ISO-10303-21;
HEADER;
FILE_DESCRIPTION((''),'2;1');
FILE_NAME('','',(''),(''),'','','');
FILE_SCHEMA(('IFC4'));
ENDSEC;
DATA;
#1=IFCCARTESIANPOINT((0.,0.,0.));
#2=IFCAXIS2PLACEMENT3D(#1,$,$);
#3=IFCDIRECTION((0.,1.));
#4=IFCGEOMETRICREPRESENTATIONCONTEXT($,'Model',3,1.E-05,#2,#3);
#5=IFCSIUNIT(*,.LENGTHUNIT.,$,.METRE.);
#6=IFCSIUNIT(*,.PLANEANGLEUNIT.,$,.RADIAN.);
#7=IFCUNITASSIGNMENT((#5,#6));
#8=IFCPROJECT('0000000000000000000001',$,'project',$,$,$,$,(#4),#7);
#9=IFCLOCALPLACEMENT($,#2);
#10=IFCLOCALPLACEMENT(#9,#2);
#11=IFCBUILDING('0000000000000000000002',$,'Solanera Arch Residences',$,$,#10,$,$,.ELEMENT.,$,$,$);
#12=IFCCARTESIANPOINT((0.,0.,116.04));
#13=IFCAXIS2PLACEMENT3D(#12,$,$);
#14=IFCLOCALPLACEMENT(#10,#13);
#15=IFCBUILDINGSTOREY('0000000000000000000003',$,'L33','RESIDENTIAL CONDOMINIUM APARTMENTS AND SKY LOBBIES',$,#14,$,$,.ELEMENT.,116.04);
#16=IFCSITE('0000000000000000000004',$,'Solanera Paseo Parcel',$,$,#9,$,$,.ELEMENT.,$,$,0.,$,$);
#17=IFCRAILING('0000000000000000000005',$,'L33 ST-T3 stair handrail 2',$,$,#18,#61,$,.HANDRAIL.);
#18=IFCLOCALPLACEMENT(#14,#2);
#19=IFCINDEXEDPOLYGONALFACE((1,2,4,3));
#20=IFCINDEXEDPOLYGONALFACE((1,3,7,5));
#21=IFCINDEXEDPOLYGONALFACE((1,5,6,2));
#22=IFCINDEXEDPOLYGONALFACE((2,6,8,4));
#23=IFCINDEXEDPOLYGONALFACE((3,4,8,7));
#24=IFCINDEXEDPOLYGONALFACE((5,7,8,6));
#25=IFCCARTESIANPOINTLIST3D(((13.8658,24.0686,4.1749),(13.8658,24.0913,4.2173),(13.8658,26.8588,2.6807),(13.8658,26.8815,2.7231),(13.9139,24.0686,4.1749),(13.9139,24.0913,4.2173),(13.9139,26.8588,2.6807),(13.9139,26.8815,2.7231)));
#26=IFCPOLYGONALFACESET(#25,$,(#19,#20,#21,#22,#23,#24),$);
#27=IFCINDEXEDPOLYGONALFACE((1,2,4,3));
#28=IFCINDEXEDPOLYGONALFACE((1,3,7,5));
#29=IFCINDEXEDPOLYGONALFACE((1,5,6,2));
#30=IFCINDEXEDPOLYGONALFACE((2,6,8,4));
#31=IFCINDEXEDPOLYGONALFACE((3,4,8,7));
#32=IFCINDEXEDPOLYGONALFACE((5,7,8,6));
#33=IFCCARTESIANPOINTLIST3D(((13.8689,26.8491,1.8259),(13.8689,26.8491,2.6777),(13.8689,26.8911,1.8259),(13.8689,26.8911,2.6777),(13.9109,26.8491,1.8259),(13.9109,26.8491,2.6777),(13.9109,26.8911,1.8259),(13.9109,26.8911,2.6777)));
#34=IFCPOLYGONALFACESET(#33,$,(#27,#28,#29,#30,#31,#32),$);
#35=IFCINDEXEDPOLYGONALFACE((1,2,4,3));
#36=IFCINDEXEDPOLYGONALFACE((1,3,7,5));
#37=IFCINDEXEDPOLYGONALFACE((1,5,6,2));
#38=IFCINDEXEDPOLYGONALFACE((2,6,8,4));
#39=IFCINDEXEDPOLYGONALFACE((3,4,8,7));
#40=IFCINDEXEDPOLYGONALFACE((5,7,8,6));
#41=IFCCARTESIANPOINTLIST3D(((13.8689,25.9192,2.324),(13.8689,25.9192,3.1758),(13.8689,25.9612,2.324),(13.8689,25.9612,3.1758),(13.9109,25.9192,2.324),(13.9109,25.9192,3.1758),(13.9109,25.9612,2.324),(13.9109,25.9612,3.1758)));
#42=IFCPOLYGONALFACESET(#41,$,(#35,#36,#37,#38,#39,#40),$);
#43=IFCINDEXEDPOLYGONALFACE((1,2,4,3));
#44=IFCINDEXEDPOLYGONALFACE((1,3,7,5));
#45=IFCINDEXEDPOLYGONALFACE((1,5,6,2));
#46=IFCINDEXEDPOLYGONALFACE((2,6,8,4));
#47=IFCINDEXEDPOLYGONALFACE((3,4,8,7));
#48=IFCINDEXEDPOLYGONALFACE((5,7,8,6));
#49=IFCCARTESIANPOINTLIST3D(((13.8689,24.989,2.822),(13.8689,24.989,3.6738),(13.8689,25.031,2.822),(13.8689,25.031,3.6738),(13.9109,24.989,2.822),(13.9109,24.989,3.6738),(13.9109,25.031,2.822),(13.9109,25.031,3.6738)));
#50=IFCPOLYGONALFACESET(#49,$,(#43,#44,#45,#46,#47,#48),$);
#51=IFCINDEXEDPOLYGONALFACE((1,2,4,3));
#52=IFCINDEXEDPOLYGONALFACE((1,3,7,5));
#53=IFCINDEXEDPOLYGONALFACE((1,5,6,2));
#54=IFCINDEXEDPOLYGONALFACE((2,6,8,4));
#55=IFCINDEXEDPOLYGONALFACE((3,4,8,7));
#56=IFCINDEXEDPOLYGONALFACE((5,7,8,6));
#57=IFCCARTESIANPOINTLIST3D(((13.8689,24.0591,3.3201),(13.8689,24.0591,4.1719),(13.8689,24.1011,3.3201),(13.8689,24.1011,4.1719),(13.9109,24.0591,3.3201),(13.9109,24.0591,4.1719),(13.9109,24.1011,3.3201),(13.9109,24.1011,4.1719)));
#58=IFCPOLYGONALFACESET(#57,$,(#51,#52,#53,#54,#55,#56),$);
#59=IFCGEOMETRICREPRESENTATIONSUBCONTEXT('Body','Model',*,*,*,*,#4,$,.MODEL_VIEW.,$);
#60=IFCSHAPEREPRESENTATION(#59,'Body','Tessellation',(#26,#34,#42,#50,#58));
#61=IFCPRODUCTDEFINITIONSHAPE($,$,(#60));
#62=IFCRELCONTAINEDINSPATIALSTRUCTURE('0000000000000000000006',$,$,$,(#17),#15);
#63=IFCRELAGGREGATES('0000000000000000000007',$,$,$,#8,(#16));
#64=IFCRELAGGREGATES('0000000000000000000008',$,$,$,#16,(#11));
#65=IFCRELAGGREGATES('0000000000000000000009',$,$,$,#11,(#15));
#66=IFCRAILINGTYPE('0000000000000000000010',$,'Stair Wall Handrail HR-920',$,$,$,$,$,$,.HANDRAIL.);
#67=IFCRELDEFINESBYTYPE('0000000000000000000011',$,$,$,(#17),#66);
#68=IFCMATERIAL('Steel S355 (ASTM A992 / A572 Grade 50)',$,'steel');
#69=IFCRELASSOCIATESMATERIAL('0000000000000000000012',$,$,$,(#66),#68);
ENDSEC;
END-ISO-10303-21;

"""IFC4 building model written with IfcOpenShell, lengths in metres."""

from ifc_helpers import new_model, si_unit, direction, frame, origin, origin_2d, place, context, subcontext, project, spatial, rectangle, extrude, material, type_object, element, save


model = new_model("IFC4")

# Units and contexts
model_context = context("Model", 3, precision=1e-05, world=origin(), true_north=direction((0.0, 1.0)))
body_context = subcontext(model_context, "Body", "Model", "MODEL_VIEW")
ifc_project = project(units=[si_unit("LENGTHUNIT", "METRE"), si_unit("PLANEANGLEUNIT", "RADIAN")], contexts=[model_context])

# Site, building, storey
site_placement = place(None, origin())
site = spatial("IfcSite", under=ifc_project, at=site_placement, Name="Solanera Paseo Parcel", CompositionType="ELEMENT", RefElevation=0.0)
building_placement = place(site_placement, origin())
building = spatial("IfcBuilding", under=site, at=building_placement, Name="Solanera Arch Residences", CompositionType="ELEMENT")
storey_placement = place(building_placement, frame((0.0, 0.0, 116.04)))
storey = spatial("IfcBuildingStorey", under=building, at=storey_placement, Name="L33", Description="RESIDENTIAL CONDOMINIUM APARTMENTS AND SKY LOBBIES", CompositionType="ELEMENT", Elevation=116.04)

# Railing
ifc_material_1 = material(Name="Steel S355 (ASTM A992 / A572 Grade 50)", Category="steel")
railing_type_1 = type_object("IfcRailingType", Name="Stair Wall Handrail HR-920", PredefinedType="HANDRAIL", material=ifc_material_1)
railing_1_placement = place(storey_placement, frame((13.8899, 26.8701, 1.8259)))
element("IfcRailing", 1, at=railing_1_placement, inside=storey, type_object=railing_type_1, Name="L33 ST-T3 stair handrail 2", PredefinedType="HANDRAIL", context=body_context, shape_type="SweptSolid", body=[
    extrude(rectangle(XDim=0.0481, YDim=0.0481, at=origin_2d()), frame((0.0, 0.0, 0.876), z_axis=(0.0, -0.881549, 0.472093), x_axis=(1.0, 0.0, 0.0)), (0.0, 0.0, 1.0), 3.165),
    extrude(rectangle(XDim=0.042, YDim=0.042, at=origin_2d()), origin(), (0.0, 0.0, 1.0), 0.8518),
    extrude(rectangle(XDim=0.042, YDim=0.042, at=origin_2d()), frame((0.0, -0.9299, 0.498)), (0.0, 0.0, 1.0), 0.8518),
    extrude(rectangle(XDim=0.042, YDim=0.042, at=origin_2d()), frame((0.0, -1.8601, 0.9961)), (0.0, 0.0, 1.0), 0.8518),
    extrude(rectangle(XDim=0.042, YDim=0.042, at=origin_2d()), frame((0.0, -2.79, 1.4941)), (0.0, 0.0, 1.0), 0.8518),
])

save(model, "model.ifc")
